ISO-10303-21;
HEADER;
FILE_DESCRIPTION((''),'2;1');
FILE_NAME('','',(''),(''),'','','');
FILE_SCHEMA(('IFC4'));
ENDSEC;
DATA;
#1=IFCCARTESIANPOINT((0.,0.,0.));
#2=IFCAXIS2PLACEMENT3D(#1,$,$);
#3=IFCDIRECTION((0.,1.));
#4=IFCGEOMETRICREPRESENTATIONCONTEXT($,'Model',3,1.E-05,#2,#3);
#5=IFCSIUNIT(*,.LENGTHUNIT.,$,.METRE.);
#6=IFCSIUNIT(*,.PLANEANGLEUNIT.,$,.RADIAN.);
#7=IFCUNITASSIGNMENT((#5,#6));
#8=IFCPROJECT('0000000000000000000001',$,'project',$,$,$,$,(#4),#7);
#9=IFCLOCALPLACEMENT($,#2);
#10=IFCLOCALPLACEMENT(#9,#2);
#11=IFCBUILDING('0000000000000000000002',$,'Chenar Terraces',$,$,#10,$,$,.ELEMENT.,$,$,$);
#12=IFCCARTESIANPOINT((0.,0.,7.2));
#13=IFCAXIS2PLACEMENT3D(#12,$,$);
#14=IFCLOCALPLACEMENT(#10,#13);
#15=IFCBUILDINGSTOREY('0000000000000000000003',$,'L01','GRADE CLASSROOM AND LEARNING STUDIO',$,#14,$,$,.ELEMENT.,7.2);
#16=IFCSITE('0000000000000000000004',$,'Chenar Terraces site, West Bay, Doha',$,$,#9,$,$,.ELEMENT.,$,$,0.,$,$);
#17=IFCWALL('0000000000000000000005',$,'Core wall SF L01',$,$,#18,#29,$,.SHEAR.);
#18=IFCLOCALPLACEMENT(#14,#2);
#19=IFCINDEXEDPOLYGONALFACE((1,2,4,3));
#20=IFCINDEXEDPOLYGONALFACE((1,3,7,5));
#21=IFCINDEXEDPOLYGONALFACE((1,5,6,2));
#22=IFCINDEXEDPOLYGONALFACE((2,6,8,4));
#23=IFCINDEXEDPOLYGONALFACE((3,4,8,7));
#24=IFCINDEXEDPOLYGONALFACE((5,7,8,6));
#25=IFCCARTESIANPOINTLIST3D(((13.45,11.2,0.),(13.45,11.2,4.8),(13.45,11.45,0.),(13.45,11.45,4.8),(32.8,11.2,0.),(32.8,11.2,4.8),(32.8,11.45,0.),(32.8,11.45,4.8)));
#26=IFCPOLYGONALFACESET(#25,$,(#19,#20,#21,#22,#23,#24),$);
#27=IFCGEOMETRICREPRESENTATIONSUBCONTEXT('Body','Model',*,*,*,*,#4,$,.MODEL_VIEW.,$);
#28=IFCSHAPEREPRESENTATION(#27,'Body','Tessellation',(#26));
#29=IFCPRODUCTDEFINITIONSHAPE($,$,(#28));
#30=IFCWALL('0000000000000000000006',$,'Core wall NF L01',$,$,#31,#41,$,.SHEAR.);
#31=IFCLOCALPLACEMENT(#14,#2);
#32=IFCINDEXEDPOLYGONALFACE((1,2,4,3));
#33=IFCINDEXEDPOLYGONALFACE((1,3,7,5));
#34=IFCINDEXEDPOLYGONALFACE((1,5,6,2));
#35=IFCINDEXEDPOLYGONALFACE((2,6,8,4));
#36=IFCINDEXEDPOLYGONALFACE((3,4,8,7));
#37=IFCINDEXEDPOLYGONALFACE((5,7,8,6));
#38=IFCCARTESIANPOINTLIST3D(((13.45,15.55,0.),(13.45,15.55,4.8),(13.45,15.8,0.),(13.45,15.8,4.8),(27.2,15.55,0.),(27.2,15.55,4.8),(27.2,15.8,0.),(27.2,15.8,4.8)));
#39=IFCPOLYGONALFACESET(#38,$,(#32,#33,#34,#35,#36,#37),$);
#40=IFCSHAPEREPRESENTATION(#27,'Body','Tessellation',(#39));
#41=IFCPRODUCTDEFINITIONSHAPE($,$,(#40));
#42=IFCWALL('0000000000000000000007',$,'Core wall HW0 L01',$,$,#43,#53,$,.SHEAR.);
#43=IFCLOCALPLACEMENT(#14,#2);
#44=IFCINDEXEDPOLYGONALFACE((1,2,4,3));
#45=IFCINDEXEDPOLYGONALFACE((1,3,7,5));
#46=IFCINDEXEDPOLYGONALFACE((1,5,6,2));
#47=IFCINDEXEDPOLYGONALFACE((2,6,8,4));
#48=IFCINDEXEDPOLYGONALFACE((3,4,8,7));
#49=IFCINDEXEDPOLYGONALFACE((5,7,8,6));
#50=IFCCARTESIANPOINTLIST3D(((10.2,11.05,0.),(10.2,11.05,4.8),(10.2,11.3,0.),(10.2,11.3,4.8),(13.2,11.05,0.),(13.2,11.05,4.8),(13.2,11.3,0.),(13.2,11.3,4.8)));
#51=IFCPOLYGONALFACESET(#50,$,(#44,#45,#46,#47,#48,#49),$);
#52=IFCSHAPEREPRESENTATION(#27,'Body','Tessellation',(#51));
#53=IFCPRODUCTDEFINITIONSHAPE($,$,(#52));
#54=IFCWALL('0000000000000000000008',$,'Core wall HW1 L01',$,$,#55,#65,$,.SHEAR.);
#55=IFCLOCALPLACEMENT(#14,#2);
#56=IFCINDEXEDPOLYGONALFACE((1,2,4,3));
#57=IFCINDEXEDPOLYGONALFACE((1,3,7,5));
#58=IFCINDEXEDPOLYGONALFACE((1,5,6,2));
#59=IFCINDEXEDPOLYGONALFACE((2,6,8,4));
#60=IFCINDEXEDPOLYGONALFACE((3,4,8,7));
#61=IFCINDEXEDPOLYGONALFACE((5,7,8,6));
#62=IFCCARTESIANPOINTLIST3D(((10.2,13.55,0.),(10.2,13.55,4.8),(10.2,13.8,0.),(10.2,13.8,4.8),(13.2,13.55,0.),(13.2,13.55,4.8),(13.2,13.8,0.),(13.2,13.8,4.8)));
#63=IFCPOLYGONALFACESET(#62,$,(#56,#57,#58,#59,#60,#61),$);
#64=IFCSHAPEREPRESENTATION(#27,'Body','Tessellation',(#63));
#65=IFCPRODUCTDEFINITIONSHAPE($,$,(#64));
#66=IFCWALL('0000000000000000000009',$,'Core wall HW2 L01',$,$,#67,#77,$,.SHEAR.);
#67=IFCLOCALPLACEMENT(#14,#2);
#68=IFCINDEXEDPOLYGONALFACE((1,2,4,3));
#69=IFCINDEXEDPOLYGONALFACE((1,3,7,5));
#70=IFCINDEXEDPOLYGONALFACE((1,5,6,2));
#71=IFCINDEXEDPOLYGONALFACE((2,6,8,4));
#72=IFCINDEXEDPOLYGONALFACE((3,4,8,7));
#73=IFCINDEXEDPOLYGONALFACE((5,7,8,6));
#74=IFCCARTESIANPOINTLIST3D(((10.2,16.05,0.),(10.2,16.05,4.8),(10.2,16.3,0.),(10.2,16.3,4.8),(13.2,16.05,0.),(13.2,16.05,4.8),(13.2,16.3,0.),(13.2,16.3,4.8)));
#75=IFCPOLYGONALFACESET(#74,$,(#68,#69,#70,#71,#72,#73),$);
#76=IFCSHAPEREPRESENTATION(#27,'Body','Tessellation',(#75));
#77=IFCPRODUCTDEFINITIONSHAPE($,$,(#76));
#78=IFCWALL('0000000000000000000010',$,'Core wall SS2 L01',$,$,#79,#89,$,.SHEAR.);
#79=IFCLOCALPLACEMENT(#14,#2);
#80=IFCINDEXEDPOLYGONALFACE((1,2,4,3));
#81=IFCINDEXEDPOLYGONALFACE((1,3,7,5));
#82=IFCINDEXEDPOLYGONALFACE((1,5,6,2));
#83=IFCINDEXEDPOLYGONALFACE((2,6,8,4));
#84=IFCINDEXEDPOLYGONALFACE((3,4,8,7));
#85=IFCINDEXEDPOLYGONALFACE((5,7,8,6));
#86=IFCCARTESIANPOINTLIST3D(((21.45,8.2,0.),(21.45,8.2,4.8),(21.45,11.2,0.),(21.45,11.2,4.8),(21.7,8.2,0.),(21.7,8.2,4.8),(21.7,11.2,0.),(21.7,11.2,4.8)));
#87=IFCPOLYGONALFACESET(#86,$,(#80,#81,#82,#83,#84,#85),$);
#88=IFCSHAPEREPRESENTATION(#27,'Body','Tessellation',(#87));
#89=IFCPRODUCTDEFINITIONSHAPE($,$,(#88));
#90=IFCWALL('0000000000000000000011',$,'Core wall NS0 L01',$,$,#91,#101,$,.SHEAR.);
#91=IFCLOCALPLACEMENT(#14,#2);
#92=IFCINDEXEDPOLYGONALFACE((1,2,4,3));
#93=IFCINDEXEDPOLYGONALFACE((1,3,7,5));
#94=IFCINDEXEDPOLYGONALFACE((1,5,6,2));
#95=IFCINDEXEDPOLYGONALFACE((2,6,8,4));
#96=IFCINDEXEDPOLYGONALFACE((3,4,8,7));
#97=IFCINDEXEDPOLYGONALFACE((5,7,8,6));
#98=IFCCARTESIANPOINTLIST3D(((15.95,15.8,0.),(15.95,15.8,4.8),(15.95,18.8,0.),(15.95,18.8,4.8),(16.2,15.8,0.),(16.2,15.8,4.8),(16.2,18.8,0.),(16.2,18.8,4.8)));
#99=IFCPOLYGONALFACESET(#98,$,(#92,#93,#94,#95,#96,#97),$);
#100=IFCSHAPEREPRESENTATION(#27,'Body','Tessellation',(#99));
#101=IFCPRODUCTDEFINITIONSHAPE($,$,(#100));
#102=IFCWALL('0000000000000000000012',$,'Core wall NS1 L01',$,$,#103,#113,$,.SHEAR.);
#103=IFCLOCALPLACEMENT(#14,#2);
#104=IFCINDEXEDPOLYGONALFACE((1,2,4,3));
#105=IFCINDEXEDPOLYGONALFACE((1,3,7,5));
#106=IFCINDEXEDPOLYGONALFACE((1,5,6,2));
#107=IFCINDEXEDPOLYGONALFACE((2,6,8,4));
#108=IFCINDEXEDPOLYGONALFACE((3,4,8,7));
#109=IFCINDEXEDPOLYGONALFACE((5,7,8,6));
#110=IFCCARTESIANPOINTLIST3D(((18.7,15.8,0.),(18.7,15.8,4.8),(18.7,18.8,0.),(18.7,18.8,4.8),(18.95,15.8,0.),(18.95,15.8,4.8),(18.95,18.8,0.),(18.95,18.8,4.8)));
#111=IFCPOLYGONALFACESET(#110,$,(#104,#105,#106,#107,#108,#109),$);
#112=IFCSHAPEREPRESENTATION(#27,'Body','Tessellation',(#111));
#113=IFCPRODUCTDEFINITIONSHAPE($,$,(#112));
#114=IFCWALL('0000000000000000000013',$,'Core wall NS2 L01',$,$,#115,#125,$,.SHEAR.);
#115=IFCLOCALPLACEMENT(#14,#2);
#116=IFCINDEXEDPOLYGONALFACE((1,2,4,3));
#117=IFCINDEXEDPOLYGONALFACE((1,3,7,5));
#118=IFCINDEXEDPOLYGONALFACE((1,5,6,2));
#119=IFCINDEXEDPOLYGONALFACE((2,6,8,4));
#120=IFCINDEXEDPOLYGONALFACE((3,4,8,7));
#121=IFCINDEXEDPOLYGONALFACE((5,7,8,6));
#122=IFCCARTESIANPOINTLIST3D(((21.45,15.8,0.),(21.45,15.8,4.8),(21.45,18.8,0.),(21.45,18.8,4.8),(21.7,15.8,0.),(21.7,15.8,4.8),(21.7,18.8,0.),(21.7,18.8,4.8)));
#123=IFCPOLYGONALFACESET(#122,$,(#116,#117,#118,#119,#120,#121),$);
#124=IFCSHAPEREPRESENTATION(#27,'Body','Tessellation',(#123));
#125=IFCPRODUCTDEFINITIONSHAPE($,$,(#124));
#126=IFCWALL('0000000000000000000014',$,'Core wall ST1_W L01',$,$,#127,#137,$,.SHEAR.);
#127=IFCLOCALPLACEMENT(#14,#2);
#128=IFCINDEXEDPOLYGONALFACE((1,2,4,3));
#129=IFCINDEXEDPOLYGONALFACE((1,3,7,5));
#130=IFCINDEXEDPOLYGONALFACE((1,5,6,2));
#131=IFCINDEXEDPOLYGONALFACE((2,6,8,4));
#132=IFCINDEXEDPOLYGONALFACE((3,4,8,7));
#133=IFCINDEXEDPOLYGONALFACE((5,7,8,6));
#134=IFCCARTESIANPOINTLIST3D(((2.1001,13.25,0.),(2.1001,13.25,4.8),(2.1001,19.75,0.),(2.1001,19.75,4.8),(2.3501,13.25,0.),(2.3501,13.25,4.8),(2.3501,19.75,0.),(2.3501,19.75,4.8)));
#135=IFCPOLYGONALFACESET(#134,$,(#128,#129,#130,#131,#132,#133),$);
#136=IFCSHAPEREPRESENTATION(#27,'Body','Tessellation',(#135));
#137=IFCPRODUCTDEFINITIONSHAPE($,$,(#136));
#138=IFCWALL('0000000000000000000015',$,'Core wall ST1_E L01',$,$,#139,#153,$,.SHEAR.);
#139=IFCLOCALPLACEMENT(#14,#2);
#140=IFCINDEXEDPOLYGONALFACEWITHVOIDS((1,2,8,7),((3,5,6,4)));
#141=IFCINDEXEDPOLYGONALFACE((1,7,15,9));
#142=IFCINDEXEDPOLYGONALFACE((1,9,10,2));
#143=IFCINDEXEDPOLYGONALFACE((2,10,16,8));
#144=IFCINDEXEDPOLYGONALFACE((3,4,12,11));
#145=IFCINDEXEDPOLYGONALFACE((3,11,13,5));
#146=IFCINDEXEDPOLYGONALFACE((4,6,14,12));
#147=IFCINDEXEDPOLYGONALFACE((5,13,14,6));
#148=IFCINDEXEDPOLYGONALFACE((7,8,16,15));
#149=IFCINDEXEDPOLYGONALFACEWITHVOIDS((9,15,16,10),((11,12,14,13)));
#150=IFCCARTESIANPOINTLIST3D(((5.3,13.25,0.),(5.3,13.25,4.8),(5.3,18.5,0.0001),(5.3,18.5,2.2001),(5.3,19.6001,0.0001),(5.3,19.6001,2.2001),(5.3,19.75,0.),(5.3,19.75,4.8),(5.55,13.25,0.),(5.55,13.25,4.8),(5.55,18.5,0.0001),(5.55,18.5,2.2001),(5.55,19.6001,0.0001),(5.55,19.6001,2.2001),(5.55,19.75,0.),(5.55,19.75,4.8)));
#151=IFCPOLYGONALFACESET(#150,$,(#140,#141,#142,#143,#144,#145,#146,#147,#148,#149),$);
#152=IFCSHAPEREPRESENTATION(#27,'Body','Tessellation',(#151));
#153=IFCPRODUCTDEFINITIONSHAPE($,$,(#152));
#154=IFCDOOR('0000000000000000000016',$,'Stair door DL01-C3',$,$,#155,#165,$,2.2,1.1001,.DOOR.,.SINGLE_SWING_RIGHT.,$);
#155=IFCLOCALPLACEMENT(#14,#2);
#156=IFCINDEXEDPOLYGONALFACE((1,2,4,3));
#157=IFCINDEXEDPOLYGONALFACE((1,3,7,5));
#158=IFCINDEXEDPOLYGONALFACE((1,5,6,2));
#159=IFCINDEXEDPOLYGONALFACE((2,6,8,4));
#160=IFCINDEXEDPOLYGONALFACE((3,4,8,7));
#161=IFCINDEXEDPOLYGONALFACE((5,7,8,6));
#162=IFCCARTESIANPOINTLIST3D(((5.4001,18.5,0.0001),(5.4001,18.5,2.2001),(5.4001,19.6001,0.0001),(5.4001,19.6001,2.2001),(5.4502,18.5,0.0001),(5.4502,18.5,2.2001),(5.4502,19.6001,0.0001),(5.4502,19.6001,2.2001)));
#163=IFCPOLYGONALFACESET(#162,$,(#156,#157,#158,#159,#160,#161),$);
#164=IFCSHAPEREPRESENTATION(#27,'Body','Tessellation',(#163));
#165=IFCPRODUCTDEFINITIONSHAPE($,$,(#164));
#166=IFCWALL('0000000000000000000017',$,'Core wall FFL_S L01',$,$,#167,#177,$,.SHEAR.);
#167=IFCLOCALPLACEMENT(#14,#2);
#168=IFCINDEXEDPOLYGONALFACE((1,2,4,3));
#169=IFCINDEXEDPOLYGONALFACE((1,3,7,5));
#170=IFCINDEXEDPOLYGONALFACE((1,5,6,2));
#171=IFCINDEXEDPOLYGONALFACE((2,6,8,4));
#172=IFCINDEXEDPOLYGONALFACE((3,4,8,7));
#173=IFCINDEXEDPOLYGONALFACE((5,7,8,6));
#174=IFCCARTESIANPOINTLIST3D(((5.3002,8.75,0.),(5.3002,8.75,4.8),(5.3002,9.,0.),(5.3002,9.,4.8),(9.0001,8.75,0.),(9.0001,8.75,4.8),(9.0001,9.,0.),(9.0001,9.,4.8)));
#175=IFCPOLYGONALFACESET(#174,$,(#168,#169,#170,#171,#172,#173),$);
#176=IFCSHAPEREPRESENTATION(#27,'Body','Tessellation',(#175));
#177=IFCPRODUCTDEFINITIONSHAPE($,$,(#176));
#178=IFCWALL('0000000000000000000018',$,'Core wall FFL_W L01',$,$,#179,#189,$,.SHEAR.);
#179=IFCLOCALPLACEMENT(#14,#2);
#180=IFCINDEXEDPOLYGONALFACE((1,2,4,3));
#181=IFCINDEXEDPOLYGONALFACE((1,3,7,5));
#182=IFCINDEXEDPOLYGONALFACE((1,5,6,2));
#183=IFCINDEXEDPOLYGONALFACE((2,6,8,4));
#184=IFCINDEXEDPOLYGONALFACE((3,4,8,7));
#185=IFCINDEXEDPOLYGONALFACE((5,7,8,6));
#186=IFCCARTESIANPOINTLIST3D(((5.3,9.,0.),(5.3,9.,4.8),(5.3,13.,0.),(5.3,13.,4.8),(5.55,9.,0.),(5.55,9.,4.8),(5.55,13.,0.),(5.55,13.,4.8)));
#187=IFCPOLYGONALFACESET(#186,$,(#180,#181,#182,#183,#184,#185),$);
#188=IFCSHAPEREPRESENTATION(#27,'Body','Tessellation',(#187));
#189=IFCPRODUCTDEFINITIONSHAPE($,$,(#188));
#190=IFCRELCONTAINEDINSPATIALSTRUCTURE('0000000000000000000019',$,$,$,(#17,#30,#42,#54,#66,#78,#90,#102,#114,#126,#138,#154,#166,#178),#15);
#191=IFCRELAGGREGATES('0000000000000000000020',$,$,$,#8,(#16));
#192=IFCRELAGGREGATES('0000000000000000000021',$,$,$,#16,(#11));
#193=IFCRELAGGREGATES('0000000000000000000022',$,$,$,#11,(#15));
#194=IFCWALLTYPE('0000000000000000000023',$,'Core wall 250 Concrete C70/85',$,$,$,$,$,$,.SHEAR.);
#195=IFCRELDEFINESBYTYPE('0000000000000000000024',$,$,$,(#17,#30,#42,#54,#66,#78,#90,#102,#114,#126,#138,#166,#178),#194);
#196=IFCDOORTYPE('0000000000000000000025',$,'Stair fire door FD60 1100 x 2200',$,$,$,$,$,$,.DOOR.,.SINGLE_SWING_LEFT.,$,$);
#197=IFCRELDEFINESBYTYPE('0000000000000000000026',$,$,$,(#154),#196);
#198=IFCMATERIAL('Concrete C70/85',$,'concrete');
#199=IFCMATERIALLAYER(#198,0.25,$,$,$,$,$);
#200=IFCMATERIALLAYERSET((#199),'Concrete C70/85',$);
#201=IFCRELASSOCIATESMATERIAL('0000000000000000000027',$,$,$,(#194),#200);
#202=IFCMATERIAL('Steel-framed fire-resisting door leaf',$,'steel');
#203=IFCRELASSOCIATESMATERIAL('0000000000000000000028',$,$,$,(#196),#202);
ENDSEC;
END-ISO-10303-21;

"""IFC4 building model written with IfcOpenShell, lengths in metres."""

from ifc_helpers import new_model, si_unit, direction, frame, frame_2d, origin, place, context, subcontext, project, spatial, rectangle, extrude, material, layer, layer_set, type_object, element, fill, save


model = new_model("IFC4")

# Units and contexts
model_context = context("Model", 3, precision=1e-05, world=origin(), true_north=direction((0.0, 1.0)))
body_context = subcontext(model_context, "Body", "Model", "MODEL_VIEW")
ifc_project = project(units=[si_unit("LENGTHUNIT", "METRE"), si_unit("PLANEANGLEUNIT", "RADIAN")], contexts=[model_context])

# Site, building, storey
site_placement = place(None, origin())
site = spatial("IfcSite", under=ifc_project, at=site_placement, Name="Chenar Terraces site, West Bay, Doha", CompositionType="ELEMENT", RefElevation=0.0)
building_placement = place(site_placement, origin())
building = spatial("IfcBuilding", under=site, at=building_placement, Name="Chenar Terraces", CompositionType="ELEMENT")
storey_placement = place(building_placement, frame((0.0, 0.0, 7.2)))
storey = spatial("IfcBuildingStorey", under=building, at=storey_placement, Name="L01", Description="GRADE CLASSROOM AND LEARNING STUDIO", CompositionType="ELEMENT", Elevation=7.2)

# Walls
ifc_material_1 = material(Name="Concrete C70/85", Category="concrete")
ifc_layer_1 = layer(ifc_material_1, 0.25)
ifc_layer_set_1 = layer_set([ifc_layer_1], Name="Concrete C70/85")
wall_type_1 = type_object("IfcWallType", Name="Core wall 250 Concrete C70/85", PredefinedType="SHEAR", material=ifc_layer_set_1)
wall_1_placement = place(storey_placement, frame((13.45, 11.325, 0.0), z_axis=(0.0, 0.0, 1.0), x_axis=(1.0, 0.0, 0.0)))
element("IfcWall", 1, at=wall_1_placement, inside=storey, type_object=wall_type_1, Name="Core wall SF L01", PredefinedType="SHEAR", context=body_context, shape_type="SweptSolid", body=[
    extrude(rectangle(XDim=19.3501, YDim=0.25, at=frame_2d((9.675, 0.0))), origin(), (0.0, 0.0, 1.0), 4.8),
])
wall_2_placement = place(storey_placement, frame((13.45, 15.675, 0.0), z_axis=(0.0, 0.0, 1.0), x_axis=(1.0, 0.0, 0.0)))
element("IfcWall", 2, at=wall_2_placement, inside=storey, type_object=wall_type_1, Name="Core wall NF L01", PredefinedType="SHEAR", context=body_context, shape_type="SweptSolid", body=[
    extrude(rectangle(XDim=13.75, YDim=0.25, at=frame_2d((6.875, 0.0))), origin(), (0.0, 0.0, 1.0), 4.8),
])
for number, where, z_axis, x_axis, name in (
    (3, (10.2, 11.175, 0.0), (0.0, 0.0, 1.0), (1.0, 0.0, 0.0), "Core wall HW0 L01"),
    (4, (10.2, 13.675, 0.0), (0.0, 0.0, 1.0), (1.0, 0.0, 0.0), "Core wall HW1 L01"),
    (5, (10.2, 16.175, 0.0), (0.0, 0.0, 1.0), (1.0, 0.0, 0.0), "Core wall HW2 L01"),
    (6, (21.575, 8.2, 0.0), (0.0, 0.0, 1.0), (0.0, 1.0, 0.0), "Core wall SS2 L01"),
    (7, (16.075, 15.8, 0.0), (0.0, 0.0, 1.0), (0.0, 1.0, 0.0), "Core wall NS0 L01"),
    (8, (18.825, 15.8, 0.0), (0.0, 0.0, 1.0), (0.0, 1.0, 0.0), "Core wall NS1 L01"),
    (9, (21.575, 15.8, 0.0), (0.0, 0.0, 1.0), (0.0, 1.0, 0.0), "Core wall NS2 L01"),
):
    element("IfcWall", number, at=place(storey_placement, frame(where, z_axis=z_axis, x_axis=x_axis)), inside=storey, type_object=wall_type_1, Name=name, PredefinedType="SHEAR", context=body_context, shape_type="SweptSolid", body=[
        extrude(rectangle(XDim=3.0, YDim=0.25, at=frame_2d((1.5, 0.0))), origin(), (0.0, 0.0, 1.0), 4.8),
    ])
wall_3_placement = place(storey_placement, frame((2.2251, 13.25, 0.0), z_axis=(0.0, 0.0, 1.0), x_axis=(0.0, 1.0, 0.0)))
element("IfcWall", 10, at=wall_3_placement, inside=storey, type_object=wall_type_1, Name="Core wall ST1_W L01", PredefinedType="SHEAR", context=body_context, shape_type="SweptSolid", body=[
    extrude(rectangle(XDim=6.5, YDim=0.25, at=frame_2d((3.25, 0.0))), origin(), (0.0, 0.0, 1.0), 4.8),
])

# Wall, opening, door
wall_4_placement = place(storey_placement, frame((5.425, 13.25, 0.0), z_axis=(0.0, 0.0, 1.0), x_axis=(0.0, 1.0, 0.0)))
wall_4 = element("IfcWall", 11, at=wall_4_placement, inside=storey, type_object=wall_type_1, Name="Core wall ST1_E L01", PredefinedType="SHEAR", context=body_context, shape_type="SweptSolid", body=[
    extrude(rectangle(XDim=6.5, YDim=0.25, at=frame_2d((3.25, 0.0))), origin(), (0.0, 0.0, 1.0), 4.8),
])
opening_1_placement = place(wall_4_placement, frame((5.25, 0.0, 0.0)))
opening_1 = element("IfcOpeningElement", 12, at=opening_1_placement, cuts=wall_4, PredefinedType="OPENING", context=body_context, shape_type="SweptSolid", body=[
    extrude(rectangle(XDim=1.1001, YDim=2.2, at=frame_2d((0.55, 1.1001))), frame((0.0, 0.135, 0.0), z_axis=(0.0, -1.0, 0.0), x_axis=(1.0, 0.0, 0.0)), (0.0, 0.0, 1.0), 0.27),
])
ifc_material_2 = material(Name="Steel-framed fire-resisting door leaf", Category="steel")
door_type_1 = type_object("IfcDoorType", Name="Stair fire door FD60 1100 x 2200", OperationType="SINGLE_SWING_LEFT", PredefinedType="DOOR", material=ifc_material_2)
door_1_placement = place(opening_1_placement, origin())
door_1 = element("IfcDoor", 13, at=door_1_placement, inside=storey, type_object=door_type_1, Name="Stair door DL01-C3", OperationType="SINGLE_SWING_RIGHT", OverallHeight=2.2, OverallWidth=1.1001, PredefinedType="DOOR", context=body_context, shape_type="SweptSolid", body=[
    extrude(rectangle(XDim=1.1001, YDim=2.2, at=frame_2d((0.55, 1.1001))), frame((0.0, 0.0249, 0.0), z_axis=(0.0, -1.0, 0.0), x_axis=(1.0, 0.0, 0.0)), (0.0, 0.0, 1.0), 0.05),
])
fill(opening_1, door_1)

# Walls
wall_5_placement = place(storey_placement, frame((5.3, 8.875, 0.0), z_axis=(0.0, 0.0, 1.0), x_axis=(1.0, 0.0, 0.0)))
element("IfcWall", 14, at=wall_5_placement, inside=storey, type_object=wall_type_1, Name="Core wall FFL_S L01", PredefinedType="SHEAR", context=body_context, shape_type="SweptSolid", body=[
    extrude(rectangle(XDim=3.7, YDim=0.25, at=frame_2d((1.8501, 0.0))), origin(), (0.0, 0.0, 1.0), 4.8),
])
wall_6_placement = place(storey_placement, frame((5.425, 9.0, 0.0), z_axis=(0.0, 0.0, 1.0), x_axis=(0.0, 1.0, 0.0)))
element("IfcWall", 15, at=wall_6_placement, inside=storey, type_object=wall_type_1, Name="Core wall FFL_W L01", PredefinedType="SHEAR", context=body_context, shape_type="SweptSolid", body=[
    extrude(rectangle(XDim=4.0, YDim=0.25, at=frame_2d((2.0, 0.0))), origin(), (0.0, 0.0, 1.0), 4.8),
])

save(model, "model.ifc")
